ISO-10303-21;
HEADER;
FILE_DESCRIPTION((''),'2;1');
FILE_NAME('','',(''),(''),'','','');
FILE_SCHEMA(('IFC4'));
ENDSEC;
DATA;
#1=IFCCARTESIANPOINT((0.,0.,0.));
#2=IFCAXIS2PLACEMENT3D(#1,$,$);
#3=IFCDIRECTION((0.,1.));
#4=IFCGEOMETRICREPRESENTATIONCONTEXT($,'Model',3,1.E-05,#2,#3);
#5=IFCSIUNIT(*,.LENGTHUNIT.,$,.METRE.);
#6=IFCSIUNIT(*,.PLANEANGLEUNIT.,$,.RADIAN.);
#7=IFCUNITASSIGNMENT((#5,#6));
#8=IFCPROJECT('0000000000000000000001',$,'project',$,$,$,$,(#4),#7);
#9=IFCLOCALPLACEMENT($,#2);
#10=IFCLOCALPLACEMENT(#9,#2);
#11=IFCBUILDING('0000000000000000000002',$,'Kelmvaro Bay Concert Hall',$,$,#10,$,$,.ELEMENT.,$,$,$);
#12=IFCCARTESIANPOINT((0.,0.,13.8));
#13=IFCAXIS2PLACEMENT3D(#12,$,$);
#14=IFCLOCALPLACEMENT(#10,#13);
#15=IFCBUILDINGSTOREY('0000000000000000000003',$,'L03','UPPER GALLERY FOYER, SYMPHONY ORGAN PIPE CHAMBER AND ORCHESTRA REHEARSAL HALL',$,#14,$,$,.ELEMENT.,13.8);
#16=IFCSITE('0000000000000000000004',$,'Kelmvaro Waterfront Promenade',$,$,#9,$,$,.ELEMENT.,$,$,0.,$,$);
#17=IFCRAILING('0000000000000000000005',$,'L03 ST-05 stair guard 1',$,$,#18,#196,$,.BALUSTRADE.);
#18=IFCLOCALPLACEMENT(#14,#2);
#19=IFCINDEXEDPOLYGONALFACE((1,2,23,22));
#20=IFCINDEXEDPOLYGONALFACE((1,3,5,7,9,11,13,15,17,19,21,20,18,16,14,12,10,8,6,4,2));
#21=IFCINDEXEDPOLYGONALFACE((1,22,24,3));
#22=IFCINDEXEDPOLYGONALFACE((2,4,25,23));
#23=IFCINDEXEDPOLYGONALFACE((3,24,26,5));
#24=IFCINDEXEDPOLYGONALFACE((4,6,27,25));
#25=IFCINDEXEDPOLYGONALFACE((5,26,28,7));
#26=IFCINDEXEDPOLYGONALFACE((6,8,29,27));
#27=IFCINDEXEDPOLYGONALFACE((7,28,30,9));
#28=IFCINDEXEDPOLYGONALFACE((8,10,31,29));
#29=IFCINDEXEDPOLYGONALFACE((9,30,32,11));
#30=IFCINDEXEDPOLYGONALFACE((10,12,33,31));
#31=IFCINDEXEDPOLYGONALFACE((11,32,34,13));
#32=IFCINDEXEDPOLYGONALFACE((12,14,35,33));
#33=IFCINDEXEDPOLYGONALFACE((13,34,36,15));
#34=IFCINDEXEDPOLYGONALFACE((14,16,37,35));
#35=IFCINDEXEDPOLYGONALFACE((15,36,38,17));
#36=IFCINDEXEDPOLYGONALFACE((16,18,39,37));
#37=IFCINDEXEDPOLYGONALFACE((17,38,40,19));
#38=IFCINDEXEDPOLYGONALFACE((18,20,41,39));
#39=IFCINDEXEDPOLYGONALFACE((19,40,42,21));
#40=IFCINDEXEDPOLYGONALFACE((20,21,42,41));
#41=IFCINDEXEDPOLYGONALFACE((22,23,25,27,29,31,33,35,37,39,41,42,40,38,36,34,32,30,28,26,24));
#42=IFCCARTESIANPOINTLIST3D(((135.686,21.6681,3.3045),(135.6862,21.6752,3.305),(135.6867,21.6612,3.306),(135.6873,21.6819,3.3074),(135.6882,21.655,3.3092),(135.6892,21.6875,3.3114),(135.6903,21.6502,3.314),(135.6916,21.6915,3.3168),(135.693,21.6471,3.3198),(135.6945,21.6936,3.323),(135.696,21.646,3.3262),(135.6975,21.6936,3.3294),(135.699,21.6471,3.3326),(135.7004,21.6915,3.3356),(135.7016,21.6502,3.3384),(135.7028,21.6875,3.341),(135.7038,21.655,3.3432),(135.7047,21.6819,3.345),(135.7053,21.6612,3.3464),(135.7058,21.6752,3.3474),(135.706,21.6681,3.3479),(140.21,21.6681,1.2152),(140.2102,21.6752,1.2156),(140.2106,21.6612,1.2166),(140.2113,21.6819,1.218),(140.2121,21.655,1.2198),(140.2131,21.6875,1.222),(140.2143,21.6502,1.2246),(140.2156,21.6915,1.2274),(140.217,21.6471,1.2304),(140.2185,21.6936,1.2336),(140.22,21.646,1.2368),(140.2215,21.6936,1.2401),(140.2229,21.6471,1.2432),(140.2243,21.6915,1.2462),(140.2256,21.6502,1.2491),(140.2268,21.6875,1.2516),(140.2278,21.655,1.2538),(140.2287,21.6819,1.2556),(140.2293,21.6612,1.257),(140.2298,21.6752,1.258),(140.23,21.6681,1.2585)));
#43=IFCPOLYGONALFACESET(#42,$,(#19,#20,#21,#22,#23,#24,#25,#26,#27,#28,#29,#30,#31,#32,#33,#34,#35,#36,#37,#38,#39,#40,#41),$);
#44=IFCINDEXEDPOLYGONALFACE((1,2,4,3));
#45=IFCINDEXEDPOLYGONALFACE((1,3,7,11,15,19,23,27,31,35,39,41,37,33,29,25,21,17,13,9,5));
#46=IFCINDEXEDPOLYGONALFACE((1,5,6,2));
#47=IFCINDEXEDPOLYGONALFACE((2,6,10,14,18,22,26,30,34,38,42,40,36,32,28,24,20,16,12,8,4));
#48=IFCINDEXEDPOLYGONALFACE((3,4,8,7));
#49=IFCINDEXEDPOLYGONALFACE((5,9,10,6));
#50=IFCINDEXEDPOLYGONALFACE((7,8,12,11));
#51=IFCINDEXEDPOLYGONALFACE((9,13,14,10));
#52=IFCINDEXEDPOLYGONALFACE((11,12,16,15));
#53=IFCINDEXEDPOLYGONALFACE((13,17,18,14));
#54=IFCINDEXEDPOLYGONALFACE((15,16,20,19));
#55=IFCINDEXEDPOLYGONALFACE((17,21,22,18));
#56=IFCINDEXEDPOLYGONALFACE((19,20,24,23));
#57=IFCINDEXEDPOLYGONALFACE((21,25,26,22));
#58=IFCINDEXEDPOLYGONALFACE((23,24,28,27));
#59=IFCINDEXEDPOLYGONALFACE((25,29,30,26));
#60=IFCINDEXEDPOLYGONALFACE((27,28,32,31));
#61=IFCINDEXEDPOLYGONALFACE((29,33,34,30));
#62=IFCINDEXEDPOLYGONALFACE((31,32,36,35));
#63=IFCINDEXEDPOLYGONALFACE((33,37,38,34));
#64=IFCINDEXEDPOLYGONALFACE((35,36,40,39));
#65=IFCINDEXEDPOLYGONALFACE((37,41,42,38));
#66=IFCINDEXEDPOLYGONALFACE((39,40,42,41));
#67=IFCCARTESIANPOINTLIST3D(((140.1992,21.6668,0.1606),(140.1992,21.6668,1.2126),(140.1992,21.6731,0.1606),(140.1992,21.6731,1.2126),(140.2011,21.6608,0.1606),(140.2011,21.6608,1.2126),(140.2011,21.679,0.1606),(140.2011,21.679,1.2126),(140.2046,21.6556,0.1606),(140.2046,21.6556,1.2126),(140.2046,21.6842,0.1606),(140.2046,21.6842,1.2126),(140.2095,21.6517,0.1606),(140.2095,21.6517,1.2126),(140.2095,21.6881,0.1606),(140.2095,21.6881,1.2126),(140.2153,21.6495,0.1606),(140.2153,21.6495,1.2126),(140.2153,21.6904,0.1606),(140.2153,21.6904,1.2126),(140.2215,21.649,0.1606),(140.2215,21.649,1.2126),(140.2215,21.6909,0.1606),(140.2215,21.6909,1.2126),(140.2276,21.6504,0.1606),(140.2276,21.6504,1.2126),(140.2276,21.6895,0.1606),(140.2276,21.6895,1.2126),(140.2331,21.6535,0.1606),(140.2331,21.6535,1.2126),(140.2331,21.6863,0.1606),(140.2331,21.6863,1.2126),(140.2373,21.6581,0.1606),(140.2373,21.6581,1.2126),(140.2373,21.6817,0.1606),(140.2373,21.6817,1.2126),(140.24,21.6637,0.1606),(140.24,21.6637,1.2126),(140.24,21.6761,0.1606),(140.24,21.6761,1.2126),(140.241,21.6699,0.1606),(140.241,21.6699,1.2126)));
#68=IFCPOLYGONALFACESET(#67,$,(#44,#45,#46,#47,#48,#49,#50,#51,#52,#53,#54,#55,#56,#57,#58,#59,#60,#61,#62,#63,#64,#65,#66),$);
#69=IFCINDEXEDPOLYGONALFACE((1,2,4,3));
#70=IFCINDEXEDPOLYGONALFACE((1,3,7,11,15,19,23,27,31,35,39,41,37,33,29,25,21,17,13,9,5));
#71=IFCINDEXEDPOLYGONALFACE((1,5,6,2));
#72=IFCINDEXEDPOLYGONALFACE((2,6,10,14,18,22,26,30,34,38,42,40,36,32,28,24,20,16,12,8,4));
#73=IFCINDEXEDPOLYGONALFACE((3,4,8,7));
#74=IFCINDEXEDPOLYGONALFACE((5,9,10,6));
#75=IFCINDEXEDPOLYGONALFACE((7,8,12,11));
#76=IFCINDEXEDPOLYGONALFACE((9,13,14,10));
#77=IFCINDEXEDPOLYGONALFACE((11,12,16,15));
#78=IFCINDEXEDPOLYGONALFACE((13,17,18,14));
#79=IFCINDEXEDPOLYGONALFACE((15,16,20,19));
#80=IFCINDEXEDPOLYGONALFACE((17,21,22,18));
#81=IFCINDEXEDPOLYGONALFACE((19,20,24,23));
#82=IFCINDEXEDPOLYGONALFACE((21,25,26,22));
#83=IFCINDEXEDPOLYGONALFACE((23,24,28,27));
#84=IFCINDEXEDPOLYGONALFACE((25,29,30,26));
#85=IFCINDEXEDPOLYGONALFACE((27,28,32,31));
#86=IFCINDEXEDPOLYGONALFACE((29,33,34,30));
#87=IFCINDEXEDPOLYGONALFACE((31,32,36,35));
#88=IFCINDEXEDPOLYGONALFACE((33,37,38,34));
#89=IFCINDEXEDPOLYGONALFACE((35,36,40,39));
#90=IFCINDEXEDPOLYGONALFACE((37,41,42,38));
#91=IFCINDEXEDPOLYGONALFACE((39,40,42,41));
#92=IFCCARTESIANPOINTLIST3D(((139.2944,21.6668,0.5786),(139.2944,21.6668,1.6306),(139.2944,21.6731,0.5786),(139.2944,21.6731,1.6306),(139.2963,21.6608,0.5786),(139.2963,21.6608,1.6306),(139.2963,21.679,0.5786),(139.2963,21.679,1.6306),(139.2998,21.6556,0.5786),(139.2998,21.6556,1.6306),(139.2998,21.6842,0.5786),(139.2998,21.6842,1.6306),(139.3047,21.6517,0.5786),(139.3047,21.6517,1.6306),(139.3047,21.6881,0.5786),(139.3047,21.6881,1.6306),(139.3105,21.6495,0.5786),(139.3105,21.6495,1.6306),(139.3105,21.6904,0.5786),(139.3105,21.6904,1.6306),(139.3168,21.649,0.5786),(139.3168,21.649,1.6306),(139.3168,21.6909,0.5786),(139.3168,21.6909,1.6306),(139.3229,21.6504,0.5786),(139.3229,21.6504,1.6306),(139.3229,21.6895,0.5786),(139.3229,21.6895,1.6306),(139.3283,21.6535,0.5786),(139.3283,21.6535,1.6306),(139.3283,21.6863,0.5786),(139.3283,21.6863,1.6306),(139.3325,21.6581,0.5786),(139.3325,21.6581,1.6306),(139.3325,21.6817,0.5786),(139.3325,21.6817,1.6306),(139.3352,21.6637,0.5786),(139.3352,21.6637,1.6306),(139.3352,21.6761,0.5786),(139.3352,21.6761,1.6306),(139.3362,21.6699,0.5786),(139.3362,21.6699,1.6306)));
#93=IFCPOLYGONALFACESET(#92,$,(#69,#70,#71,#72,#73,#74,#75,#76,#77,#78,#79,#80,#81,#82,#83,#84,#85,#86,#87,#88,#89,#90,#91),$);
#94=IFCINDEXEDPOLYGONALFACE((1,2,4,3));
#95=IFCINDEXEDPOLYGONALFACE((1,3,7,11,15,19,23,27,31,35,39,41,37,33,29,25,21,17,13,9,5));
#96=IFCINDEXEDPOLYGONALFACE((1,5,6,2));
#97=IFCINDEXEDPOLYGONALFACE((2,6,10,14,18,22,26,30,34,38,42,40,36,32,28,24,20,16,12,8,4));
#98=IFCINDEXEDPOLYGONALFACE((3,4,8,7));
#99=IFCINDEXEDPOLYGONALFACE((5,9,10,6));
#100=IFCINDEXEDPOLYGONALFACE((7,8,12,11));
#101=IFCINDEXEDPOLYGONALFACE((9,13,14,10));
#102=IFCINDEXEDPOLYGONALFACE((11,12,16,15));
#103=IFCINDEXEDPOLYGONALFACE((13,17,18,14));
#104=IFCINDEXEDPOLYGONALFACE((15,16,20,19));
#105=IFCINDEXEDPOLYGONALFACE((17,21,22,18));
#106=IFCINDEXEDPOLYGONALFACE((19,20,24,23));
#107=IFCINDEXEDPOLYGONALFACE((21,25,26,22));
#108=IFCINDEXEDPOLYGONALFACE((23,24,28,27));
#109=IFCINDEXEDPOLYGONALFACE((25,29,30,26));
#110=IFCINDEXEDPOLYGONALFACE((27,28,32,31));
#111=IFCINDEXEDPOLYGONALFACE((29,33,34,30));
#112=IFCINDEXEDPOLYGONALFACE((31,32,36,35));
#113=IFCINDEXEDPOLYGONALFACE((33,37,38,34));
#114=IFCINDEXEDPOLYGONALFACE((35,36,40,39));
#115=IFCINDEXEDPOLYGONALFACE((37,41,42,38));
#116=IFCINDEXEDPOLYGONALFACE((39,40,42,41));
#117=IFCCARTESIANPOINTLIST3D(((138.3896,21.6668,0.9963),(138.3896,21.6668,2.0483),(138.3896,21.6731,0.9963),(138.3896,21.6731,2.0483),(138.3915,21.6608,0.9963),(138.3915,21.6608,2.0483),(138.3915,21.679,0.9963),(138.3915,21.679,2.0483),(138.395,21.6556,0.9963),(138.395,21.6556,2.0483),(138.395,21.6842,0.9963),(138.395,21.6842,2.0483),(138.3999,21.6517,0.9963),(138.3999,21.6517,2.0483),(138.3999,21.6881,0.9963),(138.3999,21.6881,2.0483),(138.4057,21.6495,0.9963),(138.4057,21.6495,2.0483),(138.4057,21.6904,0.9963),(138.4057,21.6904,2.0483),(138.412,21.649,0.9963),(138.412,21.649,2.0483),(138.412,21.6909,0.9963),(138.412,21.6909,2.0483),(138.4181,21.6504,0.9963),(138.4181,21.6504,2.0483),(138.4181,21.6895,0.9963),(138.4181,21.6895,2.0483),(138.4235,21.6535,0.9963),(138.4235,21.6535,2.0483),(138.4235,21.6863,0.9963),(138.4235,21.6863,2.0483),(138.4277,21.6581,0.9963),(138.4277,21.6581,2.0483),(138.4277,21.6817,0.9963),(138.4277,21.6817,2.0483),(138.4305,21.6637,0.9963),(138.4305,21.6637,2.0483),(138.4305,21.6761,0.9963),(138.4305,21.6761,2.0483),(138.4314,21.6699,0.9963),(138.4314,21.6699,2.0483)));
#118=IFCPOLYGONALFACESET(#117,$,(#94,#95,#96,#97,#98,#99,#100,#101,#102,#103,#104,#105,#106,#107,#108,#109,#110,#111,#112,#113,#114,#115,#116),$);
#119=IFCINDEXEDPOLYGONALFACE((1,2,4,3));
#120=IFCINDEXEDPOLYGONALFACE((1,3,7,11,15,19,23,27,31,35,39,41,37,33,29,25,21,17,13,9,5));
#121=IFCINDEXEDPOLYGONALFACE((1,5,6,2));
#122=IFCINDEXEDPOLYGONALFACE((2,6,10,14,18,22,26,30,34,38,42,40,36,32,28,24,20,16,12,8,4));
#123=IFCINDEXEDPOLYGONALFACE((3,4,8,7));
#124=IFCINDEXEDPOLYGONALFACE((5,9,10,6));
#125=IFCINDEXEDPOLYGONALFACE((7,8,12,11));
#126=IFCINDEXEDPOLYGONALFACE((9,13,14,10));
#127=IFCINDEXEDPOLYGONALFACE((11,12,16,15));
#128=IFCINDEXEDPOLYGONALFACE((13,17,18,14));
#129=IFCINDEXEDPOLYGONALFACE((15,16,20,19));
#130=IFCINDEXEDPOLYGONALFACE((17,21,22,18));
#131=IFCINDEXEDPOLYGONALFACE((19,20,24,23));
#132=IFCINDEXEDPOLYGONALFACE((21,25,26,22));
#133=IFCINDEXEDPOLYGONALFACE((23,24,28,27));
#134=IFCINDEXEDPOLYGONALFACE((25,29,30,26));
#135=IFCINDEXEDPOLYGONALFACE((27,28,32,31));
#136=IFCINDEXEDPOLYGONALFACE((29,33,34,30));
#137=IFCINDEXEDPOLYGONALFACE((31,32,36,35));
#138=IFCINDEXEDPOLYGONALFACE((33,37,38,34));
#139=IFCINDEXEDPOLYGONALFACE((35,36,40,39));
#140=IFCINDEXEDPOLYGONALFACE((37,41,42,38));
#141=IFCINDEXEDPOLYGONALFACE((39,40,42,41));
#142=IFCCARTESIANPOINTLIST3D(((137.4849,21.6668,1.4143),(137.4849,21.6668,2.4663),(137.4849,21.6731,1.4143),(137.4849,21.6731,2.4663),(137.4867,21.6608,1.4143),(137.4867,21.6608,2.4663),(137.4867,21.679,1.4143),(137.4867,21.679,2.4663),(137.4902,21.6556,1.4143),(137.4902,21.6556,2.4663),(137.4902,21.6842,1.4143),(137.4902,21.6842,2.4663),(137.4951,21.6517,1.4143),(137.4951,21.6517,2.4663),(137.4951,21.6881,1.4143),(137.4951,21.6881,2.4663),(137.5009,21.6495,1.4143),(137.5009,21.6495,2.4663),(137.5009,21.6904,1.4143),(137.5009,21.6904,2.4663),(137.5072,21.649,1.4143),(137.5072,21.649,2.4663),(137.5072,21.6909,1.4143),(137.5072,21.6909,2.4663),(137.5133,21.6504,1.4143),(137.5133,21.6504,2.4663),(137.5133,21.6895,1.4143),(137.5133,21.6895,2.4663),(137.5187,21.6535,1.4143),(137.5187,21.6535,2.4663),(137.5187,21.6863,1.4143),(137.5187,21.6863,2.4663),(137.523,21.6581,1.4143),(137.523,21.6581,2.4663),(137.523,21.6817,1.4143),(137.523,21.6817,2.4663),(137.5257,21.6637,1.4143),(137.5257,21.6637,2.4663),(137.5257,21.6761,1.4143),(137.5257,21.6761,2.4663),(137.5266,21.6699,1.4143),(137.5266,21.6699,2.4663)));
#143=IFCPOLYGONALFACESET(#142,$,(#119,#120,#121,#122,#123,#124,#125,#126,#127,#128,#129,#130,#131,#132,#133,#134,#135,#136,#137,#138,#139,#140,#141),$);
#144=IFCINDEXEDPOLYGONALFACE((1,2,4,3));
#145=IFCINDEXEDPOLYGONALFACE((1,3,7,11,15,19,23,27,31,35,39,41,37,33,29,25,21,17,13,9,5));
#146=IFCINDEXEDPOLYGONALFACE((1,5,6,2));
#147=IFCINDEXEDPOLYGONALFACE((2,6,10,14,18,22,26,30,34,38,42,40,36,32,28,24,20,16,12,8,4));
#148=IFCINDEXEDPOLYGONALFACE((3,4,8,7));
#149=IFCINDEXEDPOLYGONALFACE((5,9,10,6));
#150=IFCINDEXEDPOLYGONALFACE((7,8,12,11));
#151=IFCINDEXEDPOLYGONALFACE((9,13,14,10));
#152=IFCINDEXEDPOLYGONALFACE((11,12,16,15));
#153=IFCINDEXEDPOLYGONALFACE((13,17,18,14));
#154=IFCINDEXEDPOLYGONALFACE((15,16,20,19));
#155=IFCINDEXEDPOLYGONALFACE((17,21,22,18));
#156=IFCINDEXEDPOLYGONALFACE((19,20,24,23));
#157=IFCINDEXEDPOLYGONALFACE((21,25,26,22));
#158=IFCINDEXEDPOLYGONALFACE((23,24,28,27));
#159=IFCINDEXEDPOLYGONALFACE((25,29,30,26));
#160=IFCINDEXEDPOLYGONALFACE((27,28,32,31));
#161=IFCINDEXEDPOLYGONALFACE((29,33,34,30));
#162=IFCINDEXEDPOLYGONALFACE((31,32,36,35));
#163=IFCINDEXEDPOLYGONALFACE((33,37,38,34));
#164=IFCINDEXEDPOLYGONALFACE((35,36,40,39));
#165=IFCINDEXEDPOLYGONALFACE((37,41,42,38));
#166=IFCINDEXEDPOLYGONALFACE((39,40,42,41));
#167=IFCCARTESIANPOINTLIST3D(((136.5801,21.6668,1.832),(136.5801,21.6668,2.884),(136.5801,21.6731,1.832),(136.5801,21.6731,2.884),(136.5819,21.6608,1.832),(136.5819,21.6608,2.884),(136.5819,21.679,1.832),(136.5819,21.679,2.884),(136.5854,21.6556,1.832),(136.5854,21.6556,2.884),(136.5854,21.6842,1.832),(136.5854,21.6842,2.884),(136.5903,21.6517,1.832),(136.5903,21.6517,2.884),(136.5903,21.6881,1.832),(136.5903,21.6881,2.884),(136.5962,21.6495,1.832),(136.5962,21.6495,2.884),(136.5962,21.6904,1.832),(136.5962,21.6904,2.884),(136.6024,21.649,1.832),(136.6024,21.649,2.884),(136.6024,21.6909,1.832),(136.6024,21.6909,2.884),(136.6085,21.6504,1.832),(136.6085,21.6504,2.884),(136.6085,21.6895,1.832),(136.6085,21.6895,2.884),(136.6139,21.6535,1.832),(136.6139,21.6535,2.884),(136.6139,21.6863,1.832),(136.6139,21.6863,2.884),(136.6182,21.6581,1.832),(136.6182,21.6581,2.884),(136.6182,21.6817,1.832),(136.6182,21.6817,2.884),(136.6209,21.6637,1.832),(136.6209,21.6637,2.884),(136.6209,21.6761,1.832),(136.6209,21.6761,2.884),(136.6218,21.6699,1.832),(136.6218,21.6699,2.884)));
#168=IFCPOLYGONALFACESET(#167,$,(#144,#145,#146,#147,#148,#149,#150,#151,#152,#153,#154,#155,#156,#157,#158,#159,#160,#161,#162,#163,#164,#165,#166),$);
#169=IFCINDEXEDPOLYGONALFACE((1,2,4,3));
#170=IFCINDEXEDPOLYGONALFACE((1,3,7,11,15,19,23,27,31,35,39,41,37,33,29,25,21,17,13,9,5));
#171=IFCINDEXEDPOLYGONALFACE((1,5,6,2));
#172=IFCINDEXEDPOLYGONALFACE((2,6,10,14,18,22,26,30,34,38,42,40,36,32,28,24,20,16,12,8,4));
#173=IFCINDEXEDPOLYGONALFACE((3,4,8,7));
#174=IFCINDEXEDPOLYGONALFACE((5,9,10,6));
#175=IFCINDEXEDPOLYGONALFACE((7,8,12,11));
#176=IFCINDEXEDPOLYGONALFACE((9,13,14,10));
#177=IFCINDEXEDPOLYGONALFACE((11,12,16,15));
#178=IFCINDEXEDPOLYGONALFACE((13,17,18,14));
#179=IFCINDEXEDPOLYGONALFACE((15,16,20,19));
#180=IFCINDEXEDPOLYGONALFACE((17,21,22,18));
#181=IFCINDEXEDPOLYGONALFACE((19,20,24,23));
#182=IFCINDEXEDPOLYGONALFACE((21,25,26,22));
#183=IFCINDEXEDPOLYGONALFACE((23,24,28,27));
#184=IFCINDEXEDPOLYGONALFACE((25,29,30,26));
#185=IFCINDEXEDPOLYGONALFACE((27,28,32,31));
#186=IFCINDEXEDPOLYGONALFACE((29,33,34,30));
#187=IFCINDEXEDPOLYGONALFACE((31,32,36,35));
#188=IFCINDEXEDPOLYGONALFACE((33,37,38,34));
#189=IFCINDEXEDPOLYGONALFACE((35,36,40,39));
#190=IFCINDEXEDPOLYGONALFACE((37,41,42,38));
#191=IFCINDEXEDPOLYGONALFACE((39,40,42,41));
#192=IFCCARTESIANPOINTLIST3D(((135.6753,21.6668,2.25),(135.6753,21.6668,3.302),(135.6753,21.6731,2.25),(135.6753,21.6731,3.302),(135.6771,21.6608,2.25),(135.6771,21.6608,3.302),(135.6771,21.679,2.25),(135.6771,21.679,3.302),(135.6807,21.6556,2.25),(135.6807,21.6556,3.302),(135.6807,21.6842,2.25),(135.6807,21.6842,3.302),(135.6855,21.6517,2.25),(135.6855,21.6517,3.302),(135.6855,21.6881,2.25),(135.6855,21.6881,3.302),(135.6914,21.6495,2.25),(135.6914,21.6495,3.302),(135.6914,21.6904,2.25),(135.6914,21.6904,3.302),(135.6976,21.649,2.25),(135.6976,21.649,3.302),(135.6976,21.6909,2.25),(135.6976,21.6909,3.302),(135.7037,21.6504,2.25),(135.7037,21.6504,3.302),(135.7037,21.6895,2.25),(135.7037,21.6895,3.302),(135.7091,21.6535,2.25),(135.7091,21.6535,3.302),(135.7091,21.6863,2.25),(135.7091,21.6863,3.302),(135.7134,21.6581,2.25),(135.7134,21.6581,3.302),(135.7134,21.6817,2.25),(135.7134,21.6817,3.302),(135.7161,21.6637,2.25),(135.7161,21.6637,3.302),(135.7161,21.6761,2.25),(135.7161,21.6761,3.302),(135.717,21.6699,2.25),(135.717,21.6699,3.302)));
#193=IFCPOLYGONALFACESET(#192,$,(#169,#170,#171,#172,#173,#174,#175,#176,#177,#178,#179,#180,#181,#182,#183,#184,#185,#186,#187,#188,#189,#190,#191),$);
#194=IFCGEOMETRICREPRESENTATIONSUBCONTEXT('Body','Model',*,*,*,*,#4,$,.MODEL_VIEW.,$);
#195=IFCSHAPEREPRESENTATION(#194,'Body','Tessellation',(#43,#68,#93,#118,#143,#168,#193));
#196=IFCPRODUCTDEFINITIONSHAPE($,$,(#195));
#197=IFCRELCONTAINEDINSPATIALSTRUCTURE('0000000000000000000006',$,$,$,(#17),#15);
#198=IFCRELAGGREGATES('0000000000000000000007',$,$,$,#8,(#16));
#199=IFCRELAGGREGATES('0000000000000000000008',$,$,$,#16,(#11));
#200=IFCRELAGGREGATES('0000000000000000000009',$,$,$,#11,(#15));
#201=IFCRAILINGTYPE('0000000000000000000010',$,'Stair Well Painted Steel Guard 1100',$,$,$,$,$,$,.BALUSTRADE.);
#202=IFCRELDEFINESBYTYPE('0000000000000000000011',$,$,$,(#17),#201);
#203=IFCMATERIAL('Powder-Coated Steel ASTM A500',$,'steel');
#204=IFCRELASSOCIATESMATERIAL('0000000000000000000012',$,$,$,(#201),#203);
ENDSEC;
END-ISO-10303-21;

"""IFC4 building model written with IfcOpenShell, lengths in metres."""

from ifc_helpers import new_model, si_unit, direction, frame, origin, origin_2d, place, context, subcontext, project, spatial, circle, extrude, material, type_object, element, save


model = new_model("IFC4")

# Units and contexts
model_context = context("Model", 3, precision=1e-05, world=origin(), true_north=direction((0.0, 1.0)))
body_context = subcontext(model_context, "Body", "Model", "MODEL_VIEW")
ifc_project = project(units=[si_unit("LENGTHUNIT", "METRE"), si_unit("PLANEANGLEUNIT", "RADIAN")], contexts=[model_context])

# Site, building, storey
site_placement = place(None, origin())
site = spatial("IfcSite", under=ifc_project, at=site_placement, Name="Kelmvaro Waterfront Promenade", CompositionType="ELEMENT", RefElevation=0.0)
building_placement = place(site_placement, origin())
building = spatial("IfcBuilding", under=site, at=building_placement, Name="Kelmvaro Bay Concert Hall", CompositionType="ELEMENT")
storey_placement = place(building_placement, frame((0.0, 0.0, 13.8)))
storey = spatial("IfcBuildingStorey", under=building, at=storey_placement, Name="L03", Description="UPPER GALLERY FOYER, SYMPHONY ORGAN PIPE CHAMBER AND ORCHESTRA REHEARSAL HALL", CompositionType="ELEMENT", Elevation=13.8)

# Railing
ifc_material_1 = material(Name="Powder-Coated Steel ASTM A500", Category="steel")
railing_type_1 = type_object("IfcRailingType", Name="Stair Well Painted Steel Guard 1100", PredefinedType="BALUSTRADE", material=ifc_material_1)
railing_1_placement = place(storey_placement, frame((140.22, 21.6699, 0.1606)))
element("IfcRailing", 1, at=railing_1_placement, inside=storey, type_object=railing_type_1, Name="L03 ST-05 stair guard 1", PredefinedType="BALUSTRADE", context=body_context, shape_type="SweptSolid", body=[
    extrude(circle(Radius=0.0239, at=origin_2d()), frame((0.0, 0.0, 1.0762), z_axis=(-0.907853, 0.0, 0.419288), x_axis=(0.0, -1.0, 0.0)), (0.0, 0.0, 1.0), 4.9832),
    extrude(circle(Radius=0.021, at=origin_2d()), origin(), (0.0, 0.0, 1.0), 1.052),
    extrude(circle(Radius=0.021, at=origin_2d()), frame((-0.9048, 0.0, 0.418)), (0.0, 0.0, 1.0), 1.052),
    extrude(circle(Radius=0.021, at=origin_2d()), frame((-1.8096, 0.0, 0.8357)), (0.0, 0.0, 1.0), 1.052),
    extrude(circle(Radius=0.021, at=origin_2d()), frame((-2.7144, 0.0, 1.2537)), (0.0, 0.0, 1.0), 1.052),
    extrude(circle(Radius=0.021, at=origin_2d()), frame((-3.6191, 0.0, 1.6714)), (0.0, 0.0, 1.0), 1.052),
    extrude(circle(Radius=0.021, at=origin_2d()), frame((-4.5239, 0.0, 2.0894)), (0.0, 0.0, 1.0), 1.052),
])

save(model, "model.ifc")
